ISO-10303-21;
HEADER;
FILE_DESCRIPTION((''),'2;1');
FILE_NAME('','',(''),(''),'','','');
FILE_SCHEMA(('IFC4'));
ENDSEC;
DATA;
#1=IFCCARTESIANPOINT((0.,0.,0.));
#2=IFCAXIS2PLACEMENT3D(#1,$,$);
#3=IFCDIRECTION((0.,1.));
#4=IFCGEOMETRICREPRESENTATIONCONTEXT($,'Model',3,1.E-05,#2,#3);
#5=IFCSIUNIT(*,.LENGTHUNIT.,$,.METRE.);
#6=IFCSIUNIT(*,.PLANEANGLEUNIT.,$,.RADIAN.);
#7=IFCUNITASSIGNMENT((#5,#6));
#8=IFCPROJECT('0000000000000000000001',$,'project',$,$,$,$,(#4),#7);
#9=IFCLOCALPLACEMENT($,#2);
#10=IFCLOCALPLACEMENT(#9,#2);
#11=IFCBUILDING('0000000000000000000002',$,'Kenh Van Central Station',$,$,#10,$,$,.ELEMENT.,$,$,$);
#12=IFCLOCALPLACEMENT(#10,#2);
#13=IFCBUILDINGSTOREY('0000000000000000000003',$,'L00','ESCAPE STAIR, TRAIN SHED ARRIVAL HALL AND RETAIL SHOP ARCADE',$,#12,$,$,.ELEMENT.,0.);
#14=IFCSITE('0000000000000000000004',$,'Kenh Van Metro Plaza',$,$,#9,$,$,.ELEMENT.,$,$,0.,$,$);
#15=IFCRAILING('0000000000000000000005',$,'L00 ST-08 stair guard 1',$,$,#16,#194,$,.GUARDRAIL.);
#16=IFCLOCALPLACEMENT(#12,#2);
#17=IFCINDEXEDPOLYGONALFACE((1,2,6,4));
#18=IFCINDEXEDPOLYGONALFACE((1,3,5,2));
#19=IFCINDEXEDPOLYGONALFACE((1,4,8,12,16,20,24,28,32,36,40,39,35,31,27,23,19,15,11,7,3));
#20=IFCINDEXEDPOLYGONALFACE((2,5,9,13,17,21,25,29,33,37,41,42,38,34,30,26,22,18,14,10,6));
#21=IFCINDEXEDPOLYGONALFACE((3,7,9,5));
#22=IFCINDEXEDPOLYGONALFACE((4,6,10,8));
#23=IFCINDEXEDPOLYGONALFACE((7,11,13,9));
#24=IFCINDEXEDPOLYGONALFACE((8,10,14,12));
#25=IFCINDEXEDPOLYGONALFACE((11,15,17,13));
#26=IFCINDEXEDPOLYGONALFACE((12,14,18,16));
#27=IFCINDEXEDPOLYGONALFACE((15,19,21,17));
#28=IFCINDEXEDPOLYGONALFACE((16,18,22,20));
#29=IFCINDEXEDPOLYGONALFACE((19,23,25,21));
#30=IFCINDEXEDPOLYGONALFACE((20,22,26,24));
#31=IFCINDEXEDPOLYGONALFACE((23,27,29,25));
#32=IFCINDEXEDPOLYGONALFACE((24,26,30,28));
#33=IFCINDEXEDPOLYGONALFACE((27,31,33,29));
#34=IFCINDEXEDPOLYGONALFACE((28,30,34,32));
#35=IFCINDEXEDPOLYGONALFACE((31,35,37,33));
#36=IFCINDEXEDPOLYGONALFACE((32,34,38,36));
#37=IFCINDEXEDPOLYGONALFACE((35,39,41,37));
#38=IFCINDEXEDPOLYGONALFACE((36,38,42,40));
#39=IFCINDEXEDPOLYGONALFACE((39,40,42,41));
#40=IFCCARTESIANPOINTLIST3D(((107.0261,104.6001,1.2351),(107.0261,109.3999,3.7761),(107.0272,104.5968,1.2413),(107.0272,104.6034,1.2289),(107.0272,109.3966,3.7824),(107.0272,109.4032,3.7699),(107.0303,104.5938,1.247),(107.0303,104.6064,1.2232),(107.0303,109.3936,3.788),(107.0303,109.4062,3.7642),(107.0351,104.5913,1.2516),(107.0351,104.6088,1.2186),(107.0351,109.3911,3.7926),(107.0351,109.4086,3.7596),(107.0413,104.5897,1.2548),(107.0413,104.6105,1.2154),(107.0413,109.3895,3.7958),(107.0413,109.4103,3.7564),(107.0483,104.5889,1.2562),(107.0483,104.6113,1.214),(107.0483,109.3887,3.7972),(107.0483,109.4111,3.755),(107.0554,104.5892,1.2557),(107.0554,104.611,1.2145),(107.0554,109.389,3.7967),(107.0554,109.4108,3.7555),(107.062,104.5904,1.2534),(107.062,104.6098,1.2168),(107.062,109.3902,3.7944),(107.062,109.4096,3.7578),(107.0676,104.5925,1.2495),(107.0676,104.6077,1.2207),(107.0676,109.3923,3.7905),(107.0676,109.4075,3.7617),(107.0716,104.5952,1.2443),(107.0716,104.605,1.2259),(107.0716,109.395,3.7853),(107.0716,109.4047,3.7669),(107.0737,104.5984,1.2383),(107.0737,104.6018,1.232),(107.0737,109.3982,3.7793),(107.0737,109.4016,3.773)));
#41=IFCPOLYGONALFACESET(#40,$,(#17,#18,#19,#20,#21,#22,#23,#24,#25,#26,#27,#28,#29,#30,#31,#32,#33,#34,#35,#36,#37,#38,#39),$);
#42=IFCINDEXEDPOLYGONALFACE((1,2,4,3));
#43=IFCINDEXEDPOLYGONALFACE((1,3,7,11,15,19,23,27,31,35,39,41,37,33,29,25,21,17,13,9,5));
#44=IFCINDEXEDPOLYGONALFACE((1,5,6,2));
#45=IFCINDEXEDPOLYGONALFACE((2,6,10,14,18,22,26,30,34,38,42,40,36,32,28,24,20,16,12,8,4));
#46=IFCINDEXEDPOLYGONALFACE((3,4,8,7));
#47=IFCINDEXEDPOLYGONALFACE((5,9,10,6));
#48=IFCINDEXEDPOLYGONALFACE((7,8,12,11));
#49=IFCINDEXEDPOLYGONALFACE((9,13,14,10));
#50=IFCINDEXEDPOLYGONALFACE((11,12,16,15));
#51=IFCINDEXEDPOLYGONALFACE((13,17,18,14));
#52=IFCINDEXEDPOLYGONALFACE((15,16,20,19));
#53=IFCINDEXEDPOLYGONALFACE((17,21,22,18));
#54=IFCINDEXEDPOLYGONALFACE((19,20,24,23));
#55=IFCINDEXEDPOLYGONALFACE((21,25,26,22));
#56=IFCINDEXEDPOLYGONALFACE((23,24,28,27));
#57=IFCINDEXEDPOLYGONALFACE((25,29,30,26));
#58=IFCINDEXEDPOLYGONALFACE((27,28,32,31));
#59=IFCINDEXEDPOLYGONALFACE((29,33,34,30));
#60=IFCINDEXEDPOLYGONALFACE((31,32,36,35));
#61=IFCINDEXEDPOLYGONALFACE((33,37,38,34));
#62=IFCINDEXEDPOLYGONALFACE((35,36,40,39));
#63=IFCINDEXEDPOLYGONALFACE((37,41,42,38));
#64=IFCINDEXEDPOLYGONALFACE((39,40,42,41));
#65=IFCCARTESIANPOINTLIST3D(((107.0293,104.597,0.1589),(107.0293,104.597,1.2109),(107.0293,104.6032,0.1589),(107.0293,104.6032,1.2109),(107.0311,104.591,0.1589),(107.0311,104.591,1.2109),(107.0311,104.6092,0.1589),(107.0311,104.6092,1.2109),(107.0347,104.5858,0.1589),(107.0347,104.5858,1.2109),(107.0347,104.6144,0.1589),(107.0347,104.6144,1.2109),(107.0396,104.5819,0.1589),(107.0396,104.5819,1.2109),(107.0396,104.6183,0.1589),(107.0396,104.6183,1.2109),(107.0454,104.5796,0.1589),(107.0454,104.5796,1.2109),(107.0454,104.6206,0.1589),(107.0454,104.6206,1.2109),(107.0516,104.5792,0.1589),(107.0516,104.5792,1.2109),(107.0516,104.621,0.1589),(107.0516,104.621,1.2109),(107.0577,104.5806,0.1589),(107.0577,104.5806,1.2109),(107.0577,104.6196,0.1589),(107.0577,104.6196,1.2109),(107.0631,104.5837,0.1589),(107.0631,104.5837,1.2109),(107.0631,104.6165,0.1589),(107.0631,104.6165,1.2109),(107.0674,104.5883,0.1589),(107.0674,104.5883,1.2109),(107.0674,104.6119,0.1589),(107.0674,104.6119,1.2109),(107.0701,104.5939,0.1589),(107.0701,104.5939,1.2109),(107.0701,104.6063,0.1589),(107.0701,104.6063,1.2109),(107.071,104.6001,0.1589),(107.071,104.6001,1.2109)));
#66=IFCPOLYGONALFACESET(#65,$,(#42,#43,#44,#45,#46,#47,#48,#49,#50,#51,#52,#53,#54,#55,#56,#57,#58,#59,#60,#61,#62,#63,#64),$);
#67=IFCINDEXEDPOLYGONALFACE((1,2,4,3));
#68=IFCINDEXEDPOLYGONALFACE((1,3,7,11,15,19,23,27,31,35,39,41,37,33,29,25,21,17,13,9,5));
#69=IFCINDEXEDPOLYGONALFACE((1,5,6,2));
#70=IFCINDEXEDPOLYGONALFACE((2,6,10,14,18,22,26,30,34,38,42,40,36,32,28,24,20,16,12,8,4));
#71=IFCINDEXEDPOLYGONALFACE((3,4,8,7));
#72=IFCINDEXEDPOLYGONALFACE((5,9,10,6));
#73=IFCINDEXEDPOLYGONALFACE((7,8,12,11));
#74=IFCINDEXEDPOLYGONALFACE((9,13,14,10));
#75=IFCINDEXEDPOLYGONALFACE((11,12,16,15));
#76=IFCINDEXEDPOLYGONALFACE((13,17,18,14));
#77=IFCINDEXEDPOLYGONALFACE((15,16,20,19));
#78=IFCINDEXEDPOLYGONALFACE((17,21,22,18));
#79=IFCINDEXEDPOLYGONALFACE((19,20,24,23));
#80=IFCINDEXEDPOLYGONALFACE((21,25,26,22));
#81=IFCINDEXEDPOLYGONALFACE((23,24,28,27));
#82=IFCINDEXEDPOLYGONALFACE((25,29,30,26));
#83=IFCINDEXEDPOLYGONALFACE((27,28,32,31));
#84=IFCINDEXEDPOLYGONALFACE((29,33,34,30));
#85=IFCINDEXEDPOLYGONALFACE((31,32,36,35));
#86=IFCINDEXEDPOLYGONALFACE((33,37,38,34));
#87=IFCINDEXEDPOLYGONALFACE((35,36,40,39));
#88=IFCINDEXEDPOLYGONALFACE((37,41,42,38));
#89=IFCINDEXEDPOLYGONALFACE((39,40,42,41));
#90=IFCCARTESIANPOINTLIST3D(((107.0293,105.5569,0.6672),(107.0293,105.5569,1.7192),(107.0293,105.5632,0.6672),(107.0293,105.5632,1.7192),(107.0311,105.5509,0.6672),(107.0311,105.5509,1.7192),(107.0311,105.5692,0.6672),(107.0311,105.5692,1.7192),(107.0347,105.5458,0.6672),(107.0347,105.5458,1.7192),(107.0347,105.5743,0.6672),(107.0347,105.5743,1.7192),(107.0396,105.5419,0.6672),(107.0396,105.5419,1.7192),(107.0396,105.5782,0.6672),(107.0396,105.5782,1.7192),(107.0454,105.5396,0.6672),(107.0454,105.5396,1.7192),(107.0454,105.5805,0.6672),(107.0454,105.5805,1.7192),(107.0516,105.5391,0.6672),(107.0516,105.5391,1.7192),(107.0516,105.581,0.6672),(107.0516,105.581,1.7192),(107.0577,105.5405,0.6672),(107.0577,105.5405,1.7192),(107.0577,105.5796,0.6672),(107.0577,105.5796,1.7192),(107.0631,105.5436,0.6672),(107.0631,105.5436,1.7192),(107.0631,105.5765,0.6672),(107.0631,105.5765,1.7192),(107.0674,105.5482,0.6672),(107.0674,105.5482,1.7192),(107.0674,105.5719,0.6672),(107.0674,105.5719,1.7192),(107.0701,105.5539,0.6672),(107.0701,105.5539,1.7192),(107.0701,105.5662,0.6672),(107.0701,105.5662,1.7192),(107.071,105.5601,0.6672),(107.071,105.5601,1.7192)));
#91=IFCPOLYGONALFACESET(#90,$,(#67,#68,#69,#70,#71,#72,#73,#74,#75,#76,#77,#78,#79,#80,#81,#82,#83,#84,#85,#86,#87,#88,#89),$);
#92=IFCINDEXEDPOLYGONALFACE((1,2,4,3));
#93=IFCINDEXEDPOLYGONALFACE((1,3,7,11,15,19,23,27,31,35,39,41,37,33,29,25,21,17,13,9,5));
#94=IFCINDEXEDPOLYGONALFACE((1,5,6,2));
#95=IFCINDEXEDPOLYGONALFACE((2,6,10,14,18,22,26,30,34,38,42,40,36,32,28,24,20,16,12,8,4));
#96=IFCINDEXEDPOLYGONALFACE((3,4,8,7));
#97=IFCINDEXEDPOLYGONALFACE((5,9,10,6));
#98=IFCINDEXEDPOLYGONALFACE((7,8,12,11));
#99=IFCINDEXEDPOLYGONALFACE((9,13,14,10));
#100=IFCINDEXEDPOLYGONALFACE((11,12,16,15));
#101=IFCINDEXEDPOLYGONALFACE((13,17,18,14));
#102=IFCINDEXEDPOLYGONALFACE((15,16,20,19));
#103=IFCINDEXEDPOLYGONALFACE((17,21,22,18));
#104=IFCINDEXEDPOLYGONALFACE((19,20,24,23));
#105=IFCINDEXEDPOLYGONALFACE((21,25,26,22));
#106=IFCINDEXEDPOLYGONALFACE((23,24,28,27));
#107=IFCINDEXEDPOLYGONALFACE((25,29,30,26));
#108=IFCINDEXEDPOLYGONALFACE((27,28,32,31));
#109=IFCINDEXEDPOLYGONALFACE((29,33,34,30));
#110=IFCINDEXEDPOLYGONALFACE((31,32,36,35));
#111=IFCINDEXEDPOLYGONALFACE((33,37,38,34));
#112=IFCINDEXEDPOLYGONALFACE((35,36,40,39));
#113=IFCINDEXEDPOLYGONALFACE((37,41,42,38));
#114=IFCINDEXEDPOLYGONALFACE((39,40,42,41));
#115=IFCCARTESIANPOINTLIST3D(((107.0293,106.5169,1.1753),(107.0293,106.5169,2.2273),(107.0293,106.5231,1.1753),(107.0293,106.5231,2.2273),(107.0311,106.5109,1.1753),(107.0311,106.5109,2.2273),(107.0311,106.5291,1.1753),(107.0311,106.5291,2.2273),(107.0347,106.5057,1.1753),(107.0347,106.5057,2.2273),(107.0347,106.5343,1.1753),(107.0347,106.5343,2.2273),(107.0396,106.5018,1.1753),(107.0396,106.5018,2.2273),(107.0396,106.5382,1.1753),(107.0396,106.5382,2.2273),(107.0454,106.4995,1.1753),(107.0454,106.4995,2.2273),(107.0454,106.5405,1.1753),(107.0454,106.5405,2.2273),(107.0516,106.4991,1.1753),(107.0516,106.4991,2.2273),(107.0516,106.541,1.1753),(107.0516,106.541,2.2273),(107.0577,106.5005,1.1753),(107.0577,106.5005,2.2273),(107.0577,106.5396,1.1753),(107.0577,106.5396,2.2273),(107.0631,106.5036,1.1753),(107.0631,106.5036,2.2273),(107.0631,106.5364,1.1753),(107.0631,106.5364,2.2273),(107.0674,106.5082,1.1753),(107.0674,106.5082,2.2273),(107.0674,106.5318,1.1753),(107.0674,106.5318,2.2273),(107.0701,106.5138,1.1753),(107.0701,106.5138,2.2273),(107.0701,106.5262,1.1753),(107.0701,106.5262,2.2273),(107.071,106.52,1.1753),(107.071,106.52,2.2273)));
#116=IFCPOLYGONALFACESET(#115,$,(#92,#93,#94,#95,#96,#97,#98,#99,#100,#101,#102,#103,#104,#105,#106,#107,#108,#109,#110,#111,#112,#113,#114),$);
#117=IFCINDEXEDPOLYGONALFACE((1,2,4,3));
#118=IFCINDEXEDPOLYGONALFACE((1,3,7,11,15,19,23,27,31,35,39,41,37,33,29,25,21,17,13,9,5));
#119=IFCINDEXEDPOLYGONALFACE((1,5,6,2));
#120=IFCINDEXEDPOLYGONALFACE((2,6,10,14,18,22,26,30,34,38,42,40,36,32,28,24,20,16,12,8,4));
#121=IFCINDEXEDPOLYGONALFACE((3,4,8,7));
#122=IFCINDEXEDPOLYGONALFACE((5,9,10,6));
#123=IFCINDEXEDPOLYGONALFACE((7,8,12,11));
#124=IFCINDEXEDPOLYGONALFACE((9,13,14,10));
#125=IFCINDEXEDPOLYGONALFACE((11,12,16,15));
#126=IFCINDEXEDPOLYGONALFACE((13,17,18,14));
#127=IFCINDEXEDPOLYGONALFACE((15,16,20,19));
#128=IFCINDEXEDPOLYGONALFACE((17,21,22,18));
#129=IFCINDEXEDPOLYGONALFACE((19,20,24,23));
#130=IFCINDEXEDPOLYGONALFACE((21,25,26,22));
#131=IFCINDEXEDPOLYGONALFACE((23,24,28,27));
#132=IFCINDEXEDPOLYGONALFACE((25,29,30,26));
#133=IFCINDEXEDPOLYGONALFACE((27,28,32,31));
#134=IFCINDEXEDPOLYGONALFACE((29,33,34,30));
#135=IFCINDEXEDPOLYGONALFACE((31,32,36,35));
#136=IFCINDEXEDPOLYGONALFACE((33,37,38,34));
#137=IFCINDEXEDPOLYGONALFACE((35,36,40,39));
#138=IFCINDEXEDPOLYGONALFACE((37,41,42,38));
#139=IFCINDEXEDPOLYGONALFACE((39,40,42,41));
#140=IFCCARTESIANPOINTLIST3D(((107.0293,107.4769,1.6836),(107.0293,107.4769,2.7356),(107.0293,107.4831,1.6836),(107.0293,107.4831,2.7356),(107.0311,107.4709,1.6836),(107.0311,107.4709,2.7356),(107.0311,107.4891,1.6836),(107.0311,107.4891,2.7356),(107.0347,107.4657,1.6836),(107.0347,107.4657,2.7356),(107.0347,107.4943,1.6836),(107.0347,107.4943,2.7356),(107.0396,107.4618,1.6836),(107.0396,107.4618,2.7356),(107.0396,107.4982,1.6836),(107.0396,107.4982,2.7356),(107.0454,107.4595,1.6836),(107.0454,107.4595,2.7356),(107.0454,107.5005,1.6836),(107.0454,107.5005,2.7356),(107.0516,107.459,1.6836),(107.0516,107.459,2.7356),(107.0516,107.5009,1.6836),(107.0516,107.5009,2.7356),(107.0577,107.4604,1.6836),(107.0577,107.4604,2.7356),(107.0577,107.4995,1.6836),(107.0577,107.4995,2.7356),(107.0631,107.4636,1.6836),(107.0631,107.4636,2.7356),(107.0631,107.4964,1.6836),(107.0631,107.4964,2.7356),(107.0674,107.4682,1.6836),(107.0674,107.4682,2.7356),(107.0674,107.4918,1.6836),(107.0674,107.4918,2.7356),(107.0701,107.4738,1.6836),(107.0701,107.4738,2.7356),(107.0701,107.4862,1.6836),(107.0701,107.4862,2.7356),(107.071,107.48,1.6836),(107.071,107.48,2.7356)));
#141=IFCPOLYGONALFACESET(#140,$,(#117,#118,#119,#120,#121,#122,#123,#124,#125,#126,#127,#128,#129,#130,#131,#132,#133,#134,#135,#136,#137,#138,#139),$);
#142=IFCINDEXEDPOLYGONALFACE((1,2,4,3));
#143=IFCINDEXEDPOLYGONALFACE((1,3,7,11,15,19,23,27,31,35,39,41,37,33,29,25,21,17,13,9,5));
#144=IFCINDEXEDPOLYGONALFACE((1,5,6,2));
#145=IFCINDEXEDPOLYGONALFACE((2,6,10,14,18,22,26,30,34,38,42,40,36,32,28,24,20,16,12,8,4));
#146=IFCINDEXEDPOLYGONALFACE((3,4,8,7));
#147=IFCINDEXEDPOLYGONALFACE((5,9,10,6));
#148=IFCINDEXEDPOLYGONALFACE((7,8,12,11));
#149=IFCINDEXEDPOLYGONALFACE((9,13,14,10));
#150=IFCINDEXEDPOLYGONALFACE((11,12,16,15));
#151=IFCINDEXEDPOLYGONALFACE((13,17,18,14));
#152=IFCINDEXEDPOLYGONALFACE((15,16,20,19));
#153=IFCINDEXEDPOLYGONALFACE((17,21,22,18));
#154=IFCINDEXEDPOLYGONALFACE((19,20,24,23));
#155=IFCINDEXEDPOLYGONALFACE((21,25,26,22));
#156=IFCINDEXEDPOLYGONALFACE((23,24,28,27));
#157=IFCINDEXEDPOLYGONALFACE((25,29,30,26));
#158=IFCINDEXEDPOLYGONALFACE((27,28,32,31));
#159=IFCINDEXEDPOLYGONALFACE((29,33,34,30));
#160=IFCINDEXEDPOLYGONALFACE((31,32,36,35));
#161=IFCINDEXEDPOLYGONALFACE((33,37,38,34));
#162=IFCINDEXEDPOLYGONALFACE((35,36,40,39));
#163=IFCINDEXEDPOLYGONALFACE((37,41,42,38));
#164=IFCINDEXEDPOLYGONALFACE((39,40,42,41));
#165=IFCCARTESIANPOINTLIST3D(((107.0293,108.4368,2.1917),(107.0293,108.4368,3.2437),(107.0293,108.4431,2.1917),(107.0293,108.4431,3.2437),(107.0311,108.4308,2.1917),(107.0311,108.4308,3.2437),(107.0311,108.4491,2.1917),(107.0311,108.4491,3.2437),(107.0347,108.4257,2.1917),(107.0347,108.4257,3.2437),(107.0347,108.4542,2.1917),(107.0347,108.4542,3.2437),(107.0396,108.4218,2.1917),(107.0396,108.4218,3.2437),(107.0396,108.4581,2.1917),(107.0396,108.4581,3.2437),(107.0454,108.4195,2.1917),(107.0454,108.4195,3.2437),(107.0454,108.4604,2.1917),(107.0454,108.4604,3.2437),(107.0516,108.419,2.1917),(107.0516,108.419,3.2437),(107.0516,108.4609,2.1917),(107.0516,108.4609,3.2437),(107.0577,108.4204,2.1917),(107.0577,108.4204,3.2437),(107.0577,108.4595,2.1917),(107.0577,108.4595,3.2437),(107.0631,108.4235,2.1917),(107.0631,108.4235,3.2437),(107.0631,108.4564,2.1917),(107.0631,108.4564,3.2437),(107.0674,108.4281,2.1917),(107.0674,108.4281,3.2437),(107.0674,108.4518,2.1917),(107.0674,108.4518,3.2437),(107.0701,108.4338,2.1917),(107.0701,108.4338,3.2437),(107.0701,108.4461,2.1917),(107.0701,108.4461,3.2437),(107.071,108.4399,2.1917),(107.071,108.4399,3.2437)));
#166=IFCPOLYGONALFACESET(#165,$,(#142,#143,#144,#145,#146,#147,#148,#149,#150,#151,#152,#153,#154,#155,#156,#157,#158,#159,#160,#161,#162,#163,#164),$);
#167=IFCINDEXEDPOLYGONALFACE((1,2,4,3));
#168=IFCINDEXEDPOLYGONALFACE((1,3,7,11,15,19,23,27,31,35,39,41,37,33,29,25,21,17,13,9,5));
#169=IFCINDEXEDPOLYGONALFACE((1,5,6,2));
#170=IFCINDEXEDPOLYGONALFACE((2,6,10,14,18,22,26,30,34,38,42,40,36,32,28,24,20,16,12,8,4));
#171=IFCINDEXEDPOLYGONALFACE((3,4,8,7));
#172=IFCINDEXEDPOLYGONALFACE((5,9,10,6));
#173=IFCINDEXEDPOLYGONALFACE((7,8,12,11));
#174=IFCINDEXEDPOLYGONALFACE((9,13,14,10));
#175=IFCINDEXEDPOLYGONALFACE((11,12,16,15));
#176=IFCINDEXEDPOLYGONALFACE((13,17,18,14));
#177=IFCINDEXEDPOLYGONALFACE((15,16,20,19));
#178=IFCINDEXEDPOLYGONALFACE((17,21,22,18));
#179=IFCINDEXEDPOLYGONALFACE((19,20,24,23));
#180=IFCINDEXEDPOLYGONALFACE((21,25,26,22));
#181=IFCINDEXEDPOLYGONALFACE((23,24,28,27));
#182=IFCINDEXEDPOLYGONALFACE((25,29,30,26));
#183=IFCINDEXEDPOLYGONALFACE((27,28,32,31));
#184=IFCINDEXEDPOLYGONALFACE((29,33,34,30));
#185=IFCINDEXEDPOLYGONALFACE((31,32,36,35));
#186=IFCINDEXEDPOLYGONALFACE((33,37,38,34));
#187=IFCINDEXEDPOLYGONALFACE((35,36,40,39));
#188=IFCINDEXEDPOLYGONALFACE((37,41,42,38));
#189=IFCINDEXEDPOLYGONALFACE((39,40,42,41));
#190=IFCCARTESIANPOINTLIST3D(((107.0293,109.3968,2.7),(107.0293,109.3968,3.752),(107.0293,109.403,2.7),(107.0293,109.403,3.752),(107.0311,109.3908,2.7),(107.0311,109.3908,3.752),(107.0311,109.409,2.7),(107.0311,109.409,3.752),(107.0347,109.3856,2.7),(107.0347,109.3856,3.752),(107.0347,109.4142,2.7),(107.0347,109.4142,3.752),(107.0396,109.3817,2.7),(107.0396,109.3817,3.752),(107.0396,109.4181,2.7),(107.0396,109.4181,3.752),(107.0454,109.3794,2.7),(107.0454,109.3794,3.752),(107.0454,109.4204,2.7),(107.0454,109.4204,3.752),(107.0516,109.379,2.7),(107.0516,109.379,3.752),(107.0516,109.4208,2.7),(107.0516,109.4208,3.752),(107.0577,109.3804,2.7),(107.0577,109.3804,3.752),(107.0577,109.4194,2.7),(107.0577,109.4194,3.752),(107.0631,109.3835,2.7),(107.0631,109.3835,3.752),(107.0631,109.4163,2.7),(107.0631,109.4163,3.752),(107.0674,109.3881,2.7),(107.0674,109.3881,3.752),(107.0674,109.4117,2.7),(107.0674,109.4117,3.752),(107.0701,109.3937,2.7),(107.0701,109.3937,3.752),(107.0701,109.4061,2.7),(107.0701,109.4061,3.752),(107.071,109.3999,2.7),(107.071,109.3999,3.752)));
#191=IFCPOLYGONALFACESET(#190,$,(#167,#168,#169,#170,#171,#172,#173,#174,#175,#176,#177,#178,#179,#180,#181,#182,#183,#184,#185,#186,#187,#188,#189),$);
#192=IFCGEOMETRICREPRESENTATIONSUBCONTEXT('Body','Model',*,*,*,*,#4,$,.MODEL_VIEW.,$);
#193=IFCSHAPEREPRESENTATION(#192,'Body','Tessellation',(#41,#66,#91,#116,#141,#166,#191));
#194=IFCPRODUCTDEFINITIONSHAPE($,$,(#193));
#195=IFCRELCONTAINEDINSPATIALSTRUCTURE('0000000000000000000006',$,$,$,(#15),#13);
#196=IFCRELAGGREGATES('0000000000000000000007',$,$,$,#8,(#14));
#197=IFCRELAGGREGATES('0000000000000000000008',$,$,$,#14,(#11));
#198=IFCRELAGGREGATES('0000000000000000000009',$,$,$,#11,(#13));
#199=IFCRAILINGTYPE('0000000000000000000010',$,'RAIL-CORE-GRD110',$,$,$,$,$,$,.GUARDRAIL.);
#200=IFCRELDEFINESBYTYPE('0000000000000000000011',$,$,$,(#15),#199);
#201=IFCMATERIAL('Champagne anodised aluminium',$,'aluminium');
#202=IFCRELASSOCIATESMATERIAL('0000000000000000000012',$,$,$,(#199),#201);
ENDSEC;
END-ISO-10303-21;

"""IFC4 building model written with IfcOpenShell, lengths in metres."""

from ifc_helpers import new_model, si_unit, direction, frame, origin, origin_2d, place, context, subcontext, project, spatial, circle, extrude, material, type_object, element, save


model = new_model("IFC4")

# Units and contexts
model_context = context("Model", 3, precision=1e-05, world=origin(), true_north=direction((0.0, 1.0)))
body_context = subcontext(model_context, "Body", "Model", "MODEL_VIEW")
ifc_project = project(units=[si_unit("LENGTHUNIT", "METRE"), si_unit("PLANEANGLEUNIT", "RADIAN")], contexts=[model_context])

# Site, building, storey
site_placement = place(None, origin())
site = spatial("IfcSite", under=ifc_project, at=site_placement, Name="Kenh Van Metro Plaza", CompositionType="ELEMENT", RefElevation=0.0)
building_placement = place(site_placement, origin())
building = spatial("IfcBuilding", under=site, at=building_placement, Name="Kenh Van Central Station", CompositionType="ELEMENT")
storey_placement = place(building_placement, origin())
storey = spatial("IfcBuildingStorey", under=building, at=storey_placement, Name="L00", Description="ESCAPE STAIR, TRAIN SHED ARRIVAL HALL AND RETAIL SHOP ARCADE", CompositionType="ELEMENT", Elevation=0.0)

# Shared definitions
ifc_material_1 = material(Name="Champagne anodised aluminium", Category="aluminium")

# Railing
railing_type_1 = type_object("IfcRailingType", Name="RAIL-CORE-GRD110", PredefinedType="GUARDRAIL", material=ifc_material_1)
railing_1_placement = place(storey_placement, frame((107.05, 104.6001, 0.1589)))
element("IfcRailing", 1, at=railing_1_placement, inside=storey, type_object=railing_type_1, Name="L00 ST-08 stair guard 1", PredefinedType="GUARDRAIL", context=body_context, shape_type="SweptSolid", body=[
    extrude(circle(Radius=0.0239, at=origin_2d()), frame((0.0, 0.0, 1.0762), z_axis=(0.0, 0.883792, 0.467879), x_axis=(-1.0, 0.0, 0.0)), (0.0, 0.0, 1.0), 5.4309),
    extrude(circle(Radius=0.021, at=origin_2d()), origin(), (0.0, 0.0, 1.0), 1.052),
    extrude(circle(Radius=0.021, at=origin_2d()), frame((0.0, 0.96, 0.5083)), (0.0, 0.0, 1.0), 1.052),
    extrude(circle(Radius=0.021, at=origin_2d()), frame((0.0, 1.9199, 1.0164)), (0.0, 0.0, 1.0), 1.052),
    extrude(circle(Radius=0.021, at=origin_2d()), frame((0.0, 2.8799, 1.5247)), (0.0, 0.0, 1.0), 1.052),
    extrude(circle(Radius=0.021, at=origin_2d()), frame((0.0, 3.8398, 2.0327)), (0.0, 0.0, 1.0), 1.052),
    extrude(circle(Radius=0.021, at=origin_2d()), frame((0.0, 4.7998, 2.541)), (0.0, 0.0, 1.0), 1.052),
])

save(model, "model.ifc")
